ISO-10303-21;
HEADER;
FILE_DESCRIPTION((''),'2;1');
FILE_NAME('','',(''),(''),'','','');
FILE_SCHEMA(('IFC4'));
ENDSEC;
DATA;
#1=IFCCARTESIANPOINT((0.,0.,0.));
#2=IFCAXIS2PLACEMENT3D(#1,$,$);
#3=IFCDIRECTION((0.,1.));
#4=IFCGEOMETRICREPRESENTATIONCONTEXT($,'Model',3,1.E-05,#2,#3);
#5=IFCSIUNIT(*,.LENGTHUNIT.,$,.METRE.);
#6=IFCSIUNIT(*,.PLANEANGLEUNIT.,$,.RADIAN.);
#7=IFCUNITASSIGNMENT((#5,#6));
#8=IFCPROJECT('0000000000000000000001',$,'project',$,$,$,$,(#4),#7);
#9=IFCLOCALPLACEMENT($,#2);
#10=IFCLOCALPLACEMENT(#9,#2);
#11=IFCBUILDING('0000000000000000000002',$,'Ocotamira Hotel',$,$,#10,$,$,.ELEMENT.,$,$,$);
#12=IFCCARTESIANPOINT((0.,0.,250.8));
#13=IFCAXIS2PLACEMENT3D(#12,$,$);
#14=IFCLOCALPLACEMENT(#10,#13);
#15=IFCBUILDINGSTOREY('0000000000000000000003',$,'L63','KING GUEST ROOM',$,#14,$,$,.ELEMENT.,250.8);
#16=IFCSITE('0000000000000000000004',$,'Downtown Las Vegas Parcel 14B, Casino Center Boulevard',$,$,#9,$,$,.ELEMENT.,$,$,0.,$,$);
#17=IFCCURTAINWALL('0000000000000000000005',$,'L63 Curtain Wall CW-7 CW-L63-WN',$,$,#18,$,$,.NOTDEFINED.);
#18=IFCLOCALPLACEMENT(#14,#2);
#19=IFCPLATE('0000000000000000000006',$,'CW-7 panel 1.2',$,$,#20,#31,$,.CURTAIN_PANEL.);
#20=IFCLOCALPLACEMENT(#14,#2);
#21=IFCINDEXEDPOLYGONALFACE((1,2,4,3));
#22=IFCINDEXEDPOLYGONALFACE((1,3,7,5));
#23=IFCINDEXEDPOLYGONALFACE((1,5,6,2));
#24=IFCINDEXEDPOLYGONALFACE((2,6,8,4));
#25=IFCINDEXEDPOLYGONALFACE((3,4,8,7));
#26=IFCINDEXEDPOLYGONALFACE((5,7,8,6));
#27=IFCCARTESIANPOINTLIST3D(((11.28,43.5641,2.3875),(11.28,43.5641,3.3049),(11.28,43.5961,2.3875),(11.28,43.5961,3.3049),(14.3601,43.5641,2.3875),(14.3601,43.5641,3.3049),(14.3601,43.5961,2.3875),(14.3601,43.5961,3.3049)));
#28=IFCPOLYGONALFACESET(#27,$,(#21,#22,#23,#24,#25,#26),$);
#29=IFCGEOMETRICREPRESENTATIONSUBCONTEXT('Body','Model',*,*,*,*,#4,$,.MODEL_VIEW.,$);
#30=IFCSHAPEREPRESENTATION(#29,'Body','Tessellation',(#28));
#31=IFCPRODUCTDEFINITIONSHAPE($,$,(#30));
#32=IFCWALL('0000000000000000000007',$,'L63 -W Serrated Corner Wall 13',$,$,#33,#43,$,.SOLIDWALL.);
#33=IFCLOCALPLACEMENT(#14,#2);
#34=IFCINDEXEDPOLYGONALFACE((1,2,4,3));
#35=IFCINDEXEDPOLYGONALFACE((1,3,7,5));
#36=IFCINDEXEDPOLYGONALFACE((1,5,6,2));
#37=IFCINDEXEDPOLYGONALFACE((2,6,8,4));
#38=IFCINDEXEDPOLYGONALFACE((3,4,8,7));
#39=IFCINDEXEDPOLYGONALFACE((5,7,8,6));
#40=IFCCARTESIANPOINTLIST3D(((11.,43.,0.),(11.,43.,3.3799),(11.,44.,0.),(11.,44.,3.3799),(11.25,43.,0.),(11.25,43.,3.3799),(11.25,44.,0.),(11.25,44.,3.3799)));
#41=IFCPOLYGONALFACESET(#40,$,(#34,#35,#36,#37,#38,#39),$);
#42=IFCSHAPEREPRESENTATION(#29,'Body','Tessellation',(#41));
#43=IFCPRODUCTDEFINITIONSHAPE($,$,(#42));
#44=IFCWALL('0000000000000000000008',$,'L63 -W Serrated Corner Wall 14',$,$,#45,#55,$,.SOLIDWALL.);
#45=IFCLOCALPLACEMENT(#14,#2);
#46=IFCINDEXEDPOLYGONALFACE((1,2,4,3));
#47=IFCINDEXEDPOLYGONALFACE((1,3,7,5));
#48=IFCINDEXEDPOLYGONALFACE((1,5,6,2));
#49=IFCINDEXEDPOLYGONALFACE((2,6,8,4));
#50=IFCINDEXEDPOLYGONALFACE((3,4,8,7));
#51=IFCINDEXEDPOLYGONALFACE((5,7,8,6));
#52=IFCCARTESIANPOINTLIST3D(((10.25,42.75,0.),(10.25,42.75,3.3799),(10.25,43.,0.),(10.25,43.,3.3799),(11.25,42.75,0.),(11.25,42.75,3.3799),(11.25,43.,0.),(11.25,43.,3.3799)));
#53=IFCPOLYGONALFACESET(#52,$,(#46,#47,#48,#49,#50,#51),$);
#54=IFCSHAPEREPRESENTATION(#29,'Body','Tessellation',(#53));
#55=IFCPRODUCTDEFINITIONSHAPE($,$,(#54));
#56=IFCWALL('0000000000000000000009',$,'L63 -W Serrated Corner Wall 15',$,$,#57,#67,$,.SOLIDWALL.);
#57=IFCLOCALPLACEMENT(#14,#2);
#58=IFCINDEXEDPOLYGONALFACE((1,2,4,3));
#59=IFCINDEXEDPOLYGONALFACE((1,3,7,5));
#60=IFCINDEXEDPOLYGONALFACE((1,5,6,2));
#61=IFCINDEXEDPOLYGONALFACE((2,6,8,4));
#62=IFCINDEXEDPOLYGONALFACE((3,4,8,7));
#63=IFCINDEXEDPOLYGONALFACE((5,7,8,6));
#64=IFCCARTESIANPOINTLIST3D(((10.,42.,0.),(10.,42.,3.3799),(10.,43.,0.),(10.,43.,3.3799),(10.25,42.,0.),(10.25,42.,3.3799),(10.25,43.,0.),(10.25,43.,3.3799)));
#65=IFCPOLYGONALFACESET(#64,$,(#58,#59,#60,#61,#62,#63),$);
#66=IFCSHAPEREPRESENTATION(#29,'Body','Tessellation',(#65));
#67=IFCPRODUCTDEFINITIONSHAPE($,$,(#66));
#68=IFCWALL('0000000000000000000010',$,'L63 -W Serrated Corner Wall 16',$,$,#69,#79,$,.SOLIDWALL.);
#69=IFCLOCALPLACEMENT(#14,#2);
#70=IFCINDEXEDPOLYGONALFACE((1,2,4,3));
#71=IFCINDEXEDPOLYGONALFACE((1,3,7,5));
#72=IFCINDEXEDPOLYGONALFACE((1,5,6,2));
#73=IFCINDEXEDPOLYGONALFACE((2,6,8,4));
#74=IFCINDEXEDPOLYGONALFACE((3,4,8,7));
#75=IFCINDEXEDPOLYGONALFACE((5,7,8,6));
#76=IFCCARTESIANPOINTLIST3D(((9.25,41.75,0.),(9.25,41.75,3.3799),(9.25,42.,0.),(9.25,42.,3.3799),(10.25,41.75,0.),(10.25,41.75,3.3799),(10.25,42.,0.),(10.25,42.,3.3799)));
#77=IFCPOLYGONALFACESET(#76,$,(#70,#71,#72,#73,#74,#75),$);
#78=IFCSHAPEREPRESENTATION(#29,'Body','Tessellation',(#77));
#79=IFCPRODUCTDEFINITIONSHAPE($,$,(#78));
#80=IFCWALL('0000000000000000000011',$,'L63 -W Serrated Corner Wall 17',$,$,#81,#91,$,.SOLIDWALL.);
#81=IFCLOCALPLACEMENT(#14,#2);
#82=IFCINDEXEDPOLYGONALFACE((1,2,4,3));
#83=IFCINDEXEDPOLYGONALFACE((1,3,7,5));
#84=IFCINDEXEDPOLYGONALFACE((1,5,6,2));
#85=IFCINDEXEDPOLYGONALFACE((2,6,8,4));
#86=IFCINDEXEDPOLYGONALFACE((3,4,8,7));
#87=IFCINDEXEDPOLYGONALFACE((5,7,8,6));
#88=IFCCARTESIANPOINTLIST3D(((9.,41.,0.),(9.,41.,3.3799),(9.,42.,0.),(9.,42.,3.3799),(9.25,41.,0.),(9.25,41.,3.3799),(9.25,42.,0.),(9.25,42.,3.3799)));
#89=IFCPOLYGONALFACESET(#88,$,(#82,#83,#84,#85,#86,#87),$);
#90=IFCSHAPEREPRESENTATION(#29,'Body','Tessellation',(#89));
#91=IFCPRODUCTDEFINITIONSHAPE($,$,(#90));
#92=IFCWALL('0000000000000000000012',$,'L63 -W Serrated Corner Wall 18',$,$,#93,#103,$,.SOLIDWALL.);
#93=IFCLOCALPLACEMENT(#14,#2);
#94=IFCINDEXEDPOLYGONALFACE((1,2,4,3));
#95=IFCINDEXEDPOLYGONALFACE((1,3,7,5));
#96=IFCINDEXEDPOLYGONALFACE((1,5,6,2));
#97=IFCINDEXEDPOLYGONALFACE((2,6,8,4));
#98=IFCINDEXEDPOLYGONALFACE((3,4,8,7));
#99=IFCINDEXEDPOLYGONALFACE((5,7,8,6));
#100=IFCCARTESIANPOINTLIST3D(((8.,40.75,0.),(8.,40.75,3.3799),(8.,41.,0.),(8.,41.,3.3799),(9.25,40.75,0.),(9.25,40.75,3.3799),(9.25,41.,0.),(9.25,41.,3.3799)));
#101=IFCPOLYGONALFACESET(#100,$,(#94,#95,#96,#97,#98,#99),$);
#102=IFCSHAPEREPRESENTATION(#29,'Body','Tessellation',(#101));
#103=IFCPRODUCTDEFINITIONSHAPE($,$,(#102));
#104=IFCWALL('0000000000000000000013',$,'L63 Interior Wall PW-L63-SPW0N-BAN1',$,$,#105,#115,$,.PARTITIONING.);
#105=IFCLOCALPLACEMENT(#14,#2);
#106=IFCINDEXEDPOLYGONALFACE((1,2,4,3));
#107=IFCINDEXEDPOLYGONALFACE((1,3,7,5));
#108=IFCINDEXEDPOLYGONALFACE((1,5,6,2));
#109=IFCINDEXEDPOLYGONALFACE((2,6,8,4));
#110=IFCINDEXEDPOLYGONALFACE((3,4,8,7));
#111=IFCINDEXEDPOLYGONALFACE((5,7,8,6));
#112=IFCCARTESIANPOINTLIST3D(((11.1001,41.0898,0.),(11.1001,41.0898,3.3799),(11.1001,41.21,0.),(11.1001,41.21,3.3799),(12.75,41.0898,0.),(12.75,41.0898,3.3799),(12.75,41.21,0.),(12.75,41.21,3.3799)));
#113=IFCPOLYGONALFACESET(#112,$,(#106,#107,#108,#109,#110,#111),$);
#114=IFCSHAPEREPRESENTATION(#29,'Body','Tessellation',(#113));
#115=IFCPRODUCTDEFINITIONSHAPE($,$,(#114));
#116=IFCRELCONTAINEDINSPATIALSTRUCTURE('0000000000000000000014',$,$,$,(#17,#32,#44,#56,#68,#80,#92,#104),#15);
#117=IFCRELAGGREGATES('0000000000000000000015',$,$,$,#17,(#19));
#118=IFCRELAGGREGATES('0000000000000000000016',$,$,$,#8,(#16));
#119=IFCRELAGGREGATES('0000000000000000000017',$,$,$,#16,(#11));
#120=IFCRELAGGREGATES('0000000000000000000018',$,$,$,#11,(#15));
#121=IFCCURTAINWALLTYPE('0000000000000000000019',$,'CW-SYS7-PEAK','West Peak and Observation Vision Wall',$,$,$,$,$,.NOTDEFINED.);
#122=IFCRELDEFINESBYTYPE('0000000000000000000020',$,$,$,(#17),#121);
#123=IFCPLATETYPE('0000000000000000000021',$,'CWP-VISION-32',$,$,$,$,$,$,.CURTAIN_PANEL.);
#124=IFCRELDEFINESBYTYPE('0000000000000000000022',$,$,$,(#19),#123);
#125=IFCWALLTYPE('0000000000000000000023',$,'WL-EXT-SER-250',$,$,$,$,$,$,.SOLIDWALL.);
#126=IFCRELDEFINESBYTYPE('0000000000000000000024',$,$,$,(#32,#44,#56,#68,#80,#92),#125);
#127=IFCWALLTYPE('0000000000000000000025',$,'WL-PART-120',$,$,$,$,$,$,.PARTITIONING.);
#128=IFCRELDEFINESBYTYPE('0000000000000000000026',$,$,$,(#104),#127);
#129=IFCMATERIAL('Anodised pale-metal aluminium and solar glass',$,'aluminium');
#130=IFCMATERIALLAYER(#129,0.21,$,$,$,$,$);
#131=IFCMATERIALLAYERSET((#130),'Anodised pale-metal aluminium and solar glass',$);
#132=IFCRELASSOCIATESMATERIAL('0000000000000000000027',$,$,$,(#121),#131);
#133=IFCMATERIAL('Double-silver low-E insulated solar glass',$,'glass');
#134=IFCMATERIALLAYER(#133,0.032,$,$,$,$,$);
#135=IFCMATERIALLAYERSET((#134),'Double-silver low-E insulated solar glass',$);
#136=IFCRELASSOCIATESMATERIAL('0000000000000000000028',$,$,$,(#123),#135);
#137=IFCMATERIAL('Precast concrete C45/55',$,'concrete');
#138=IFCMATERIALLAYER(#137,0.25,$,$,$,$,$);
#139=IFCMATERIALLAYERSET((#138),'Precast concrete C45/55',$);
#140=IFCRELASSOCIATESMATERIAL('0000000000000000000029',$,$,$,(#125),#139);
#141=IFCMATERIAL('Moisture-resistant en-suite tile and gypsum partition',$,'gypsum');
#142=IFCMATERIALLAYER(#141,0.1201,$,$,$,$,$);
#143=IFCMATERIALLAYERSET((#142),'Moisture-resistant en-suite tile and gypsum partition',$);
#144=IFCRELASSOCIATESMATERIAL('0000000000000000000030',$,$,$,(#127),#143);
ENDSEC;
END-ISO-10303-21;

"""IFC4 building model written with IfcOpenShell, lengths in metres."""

from ifc_helpers import new_model, si_unit, direction, frame, frame_2d, origin, origin_2d, place, context, subcontext, project, spatial, rectangle, extrude, source, transform, mapped, material, layer, layer_set, type_object, element, aggregate, save


model = new_model("IFC4")

# Units and contexts
model_context = context("Model", 3, precision=1e-05, world=origin(), true_north=direction((0.0, 1.0)))
body_context = subcontext(model_context, "Body", "Model", "MODEL_VIEW")
ifc_project = project(units=[si_unit("LENGTHUNIT", "METRE"), si_unit("PLANEANGLEUNIT", "RADIAN")], contexts=[model_context])

# Site, building, storey
site_placement = place(None, origin())
site = spatial("IfcSite", under=ifc_project, at=site_placement, Name="Downtown Las Vegas Parcel 14B, Casino Center Boulevard", CompositionType="ELEMENT", RefElevation=0.0)
building_placement = place(site_placement, origin())
building = spatial("IfcBuilding", under=site, at=building_placement, Name="Ocotamira Hotel", CompositionType="ELEMENT")
storey_placement = place(building_placement, frame((0.0, 0.0, 250.8)))
storey = spatial("IfcBuildingStorey", under=building, at=storey_placement, Name="L63", Description="KING GUEST ROOM", CompositionType="ELEMENT", Elevation=250.8)

# Curtain wall, plate
ifc_material_1 = material(Name="Anodised pale-metal aluminium and solar glass", Category="aluminium")
ifc_layer_1 = layer(ifc_material_1, 0.21)
ifc_layer_set_1 = layer_set([ifc_layer_1], Name="Anodised pale-metal aluminium and solar glass")
curtain_wall_type = type_object("IfcCurtainWallType", Name="CW-SYS7-PEAK", Description="West Peak and Observation Vision Wall", PredefinedType="NOTDEFINED", material=ifc_layer_set_1)
curtain_wall_placement = place(storey_placement, origin())
curtain_wall = element("IfcCurtainWall", 1, at=curtain_wall_placement, inside=storey, type_object=curtain_wall_type, Name="L63 Curtain Wall CW-7 CW-L63-WN", PredefinedType="NOTDEFINED")
ifc_material_2 = material(Name="Double-silver low-E insulated solar glass", Category="glass")
ifc_layer_2 = layer(ifc_material_2, 0.032)
ifc_layer_set_2 = layer_set([ifc_layer_2], Name="Double-silver low-E insulated solar glass")
plate_type = type_object("IfcPlateType", Name="CWP-VISION-32", PredefinedType="CURTAIN_PANEL", material=ifc_layer_set_2)
shared_shape_1 = source(origin(), body_context, "Body", "SweptSolid", [
    extrude(rectangle(XDim=3.0801, YDim=0.032, at=origin_2d()), origin(), (0.0, 0.0, 1.0), 0.9175),
])
plate_1_placement = place(storey_placement, frame((12.8201, 43.5801, 2.3875), z_axis=(0.0, 0.0, 1.0), x_axis=(1.0, 0.0, 0.0)))
plate_1 = element("IfcPlate", 2, at=plate_1_placement, type_object=plate_type, Name="CW-7 panel 1.2", PredefinedType="CURTAIN_PANEL", context=body_context, shape_type="MappedRepresentation", body=[
    mapped(shared_shape_1, transform((0.0, 0.0, 0.0), scale=1.0)),
])
aggregate(curtain_wall, [plate_1])

# Walls
ifc_material_3 = material(Name="Precast concrete C45/55", Category="concrete")
ifc_layer_3 = layer(ifc_material_3, 0.25)
ifc_layer_set_3 = layer_set([ifc_layer_3], Name="Precast concrete C45/55")
wall_type_1 = type_object("IfcWallType", Name="WL-EXT-SER-250", PredefinedType="SOLIDWALL", material=ifc_layer_set_3)
for number, where, z_axis, x_axis, name in (
    (3, (11.125, 44.0, 0.0), (0.0, 0.0, 1.0), (0.0, -1.0, 0.0), "L63 -W Serrated Corner Wall 13"),
    (4, (11.25, 42.875, 0.0), (0.0, 0.0, 1.0), (-1.0, 0.0, 0.0), "L63 -W Serrated Corner Wall 14"),
    (5, (10.125, 43.0, 0.0), (0.0, 0.0, 1.0), (0.0, -1.0, 0.0), "L63 -W Serrated Corner Wall 15"),
    (6, (10.25, 41.875, 0.0), (0.0, 0.0, 1.0), (-1.0, 0.0, 0.0), "L63 -W Serrated Corner Wall 16"),
    (7, (9.125, 42.0, 0.0), (0.0, 0.0, 1.0), (0.0, -1.0, 0.0), "L63 -W Serrated Corner Wall 17"),
):
    element("IfcWall", number, at=place(storey_placement, frame(where, z_axis=z_axis, x_axis=x_axis)), inside=storey, type_object=wall_type_1, Name=name, PredefinedType="SOLIDWALL", context=body_context, shape_type="SweptSolid", body=[
        extrude(rectangle(XDim=1.0, YDim=0.25, at=frame_2d((0.5, 0.0))), origin(), (0.0, 0.0, 1.0), 3.3799),
    ])
wall_1_placement = place(storey_placement, frame((9.25, 40.875, 0.0), z_axis=(0.0, 0.0, 1.0), x_axis=(-1.0, 0.0, 0.0)))
element("IfcWall", 8, at=wall_1_placement, inside=storey, type_object=wall_type_1, Name="L63 -W Serrated Corner Wall 18", PredefinedType="SOLIDWALL", context=body_context, shape_type="SweptSolid", body=[
    extrude(rectangle(XDim=1.25, YDim=0.25, at=frame_2d((0.625, 0.0))), origin(), (0.0, 0.0, 1.0), 3.3799),
])
ifc_material_4 = material(Name="Moisture-resistant en-suite tile and gypsum partition", Category="gypsum")
ifc_layer_4 = layer(ifc_material_4, 0.1201)
ifc_layer_set_4 = layer_set([ifc_layer_4], Name="Moisture-resistant en-suite tile and gypsum partition")
wall_type_2 = type_object("IfcWallType", Name="WL-PART-120", PredefinedType="PARTITIONING", material=ifc_layer_set_4)
wall_2_placement = place(storey_placement, frame((11.1001, 41.1499, 0.0), z_axis=(0.0, 0.0, 1.0), x_axis=(1.0, 0.0, 0.0)))
element("IfcWall", 9, at=wall_2_placement, inside=storey, type_object=wall_type_2, Name="L63 Interior Wall PW-L63-SPW0N-BAN1", PredefinedType="PARTITIONING", context=body_context, shape_type="SweptSolid", body=[
    extrude(rectangle(XDim=1.6499, YDim=0.1201, at=frame_2d((0.825, 0.0))), origin(), (0.0, 0.0, 1.0), 3.3799),
])

save(model, "model.ifc")
